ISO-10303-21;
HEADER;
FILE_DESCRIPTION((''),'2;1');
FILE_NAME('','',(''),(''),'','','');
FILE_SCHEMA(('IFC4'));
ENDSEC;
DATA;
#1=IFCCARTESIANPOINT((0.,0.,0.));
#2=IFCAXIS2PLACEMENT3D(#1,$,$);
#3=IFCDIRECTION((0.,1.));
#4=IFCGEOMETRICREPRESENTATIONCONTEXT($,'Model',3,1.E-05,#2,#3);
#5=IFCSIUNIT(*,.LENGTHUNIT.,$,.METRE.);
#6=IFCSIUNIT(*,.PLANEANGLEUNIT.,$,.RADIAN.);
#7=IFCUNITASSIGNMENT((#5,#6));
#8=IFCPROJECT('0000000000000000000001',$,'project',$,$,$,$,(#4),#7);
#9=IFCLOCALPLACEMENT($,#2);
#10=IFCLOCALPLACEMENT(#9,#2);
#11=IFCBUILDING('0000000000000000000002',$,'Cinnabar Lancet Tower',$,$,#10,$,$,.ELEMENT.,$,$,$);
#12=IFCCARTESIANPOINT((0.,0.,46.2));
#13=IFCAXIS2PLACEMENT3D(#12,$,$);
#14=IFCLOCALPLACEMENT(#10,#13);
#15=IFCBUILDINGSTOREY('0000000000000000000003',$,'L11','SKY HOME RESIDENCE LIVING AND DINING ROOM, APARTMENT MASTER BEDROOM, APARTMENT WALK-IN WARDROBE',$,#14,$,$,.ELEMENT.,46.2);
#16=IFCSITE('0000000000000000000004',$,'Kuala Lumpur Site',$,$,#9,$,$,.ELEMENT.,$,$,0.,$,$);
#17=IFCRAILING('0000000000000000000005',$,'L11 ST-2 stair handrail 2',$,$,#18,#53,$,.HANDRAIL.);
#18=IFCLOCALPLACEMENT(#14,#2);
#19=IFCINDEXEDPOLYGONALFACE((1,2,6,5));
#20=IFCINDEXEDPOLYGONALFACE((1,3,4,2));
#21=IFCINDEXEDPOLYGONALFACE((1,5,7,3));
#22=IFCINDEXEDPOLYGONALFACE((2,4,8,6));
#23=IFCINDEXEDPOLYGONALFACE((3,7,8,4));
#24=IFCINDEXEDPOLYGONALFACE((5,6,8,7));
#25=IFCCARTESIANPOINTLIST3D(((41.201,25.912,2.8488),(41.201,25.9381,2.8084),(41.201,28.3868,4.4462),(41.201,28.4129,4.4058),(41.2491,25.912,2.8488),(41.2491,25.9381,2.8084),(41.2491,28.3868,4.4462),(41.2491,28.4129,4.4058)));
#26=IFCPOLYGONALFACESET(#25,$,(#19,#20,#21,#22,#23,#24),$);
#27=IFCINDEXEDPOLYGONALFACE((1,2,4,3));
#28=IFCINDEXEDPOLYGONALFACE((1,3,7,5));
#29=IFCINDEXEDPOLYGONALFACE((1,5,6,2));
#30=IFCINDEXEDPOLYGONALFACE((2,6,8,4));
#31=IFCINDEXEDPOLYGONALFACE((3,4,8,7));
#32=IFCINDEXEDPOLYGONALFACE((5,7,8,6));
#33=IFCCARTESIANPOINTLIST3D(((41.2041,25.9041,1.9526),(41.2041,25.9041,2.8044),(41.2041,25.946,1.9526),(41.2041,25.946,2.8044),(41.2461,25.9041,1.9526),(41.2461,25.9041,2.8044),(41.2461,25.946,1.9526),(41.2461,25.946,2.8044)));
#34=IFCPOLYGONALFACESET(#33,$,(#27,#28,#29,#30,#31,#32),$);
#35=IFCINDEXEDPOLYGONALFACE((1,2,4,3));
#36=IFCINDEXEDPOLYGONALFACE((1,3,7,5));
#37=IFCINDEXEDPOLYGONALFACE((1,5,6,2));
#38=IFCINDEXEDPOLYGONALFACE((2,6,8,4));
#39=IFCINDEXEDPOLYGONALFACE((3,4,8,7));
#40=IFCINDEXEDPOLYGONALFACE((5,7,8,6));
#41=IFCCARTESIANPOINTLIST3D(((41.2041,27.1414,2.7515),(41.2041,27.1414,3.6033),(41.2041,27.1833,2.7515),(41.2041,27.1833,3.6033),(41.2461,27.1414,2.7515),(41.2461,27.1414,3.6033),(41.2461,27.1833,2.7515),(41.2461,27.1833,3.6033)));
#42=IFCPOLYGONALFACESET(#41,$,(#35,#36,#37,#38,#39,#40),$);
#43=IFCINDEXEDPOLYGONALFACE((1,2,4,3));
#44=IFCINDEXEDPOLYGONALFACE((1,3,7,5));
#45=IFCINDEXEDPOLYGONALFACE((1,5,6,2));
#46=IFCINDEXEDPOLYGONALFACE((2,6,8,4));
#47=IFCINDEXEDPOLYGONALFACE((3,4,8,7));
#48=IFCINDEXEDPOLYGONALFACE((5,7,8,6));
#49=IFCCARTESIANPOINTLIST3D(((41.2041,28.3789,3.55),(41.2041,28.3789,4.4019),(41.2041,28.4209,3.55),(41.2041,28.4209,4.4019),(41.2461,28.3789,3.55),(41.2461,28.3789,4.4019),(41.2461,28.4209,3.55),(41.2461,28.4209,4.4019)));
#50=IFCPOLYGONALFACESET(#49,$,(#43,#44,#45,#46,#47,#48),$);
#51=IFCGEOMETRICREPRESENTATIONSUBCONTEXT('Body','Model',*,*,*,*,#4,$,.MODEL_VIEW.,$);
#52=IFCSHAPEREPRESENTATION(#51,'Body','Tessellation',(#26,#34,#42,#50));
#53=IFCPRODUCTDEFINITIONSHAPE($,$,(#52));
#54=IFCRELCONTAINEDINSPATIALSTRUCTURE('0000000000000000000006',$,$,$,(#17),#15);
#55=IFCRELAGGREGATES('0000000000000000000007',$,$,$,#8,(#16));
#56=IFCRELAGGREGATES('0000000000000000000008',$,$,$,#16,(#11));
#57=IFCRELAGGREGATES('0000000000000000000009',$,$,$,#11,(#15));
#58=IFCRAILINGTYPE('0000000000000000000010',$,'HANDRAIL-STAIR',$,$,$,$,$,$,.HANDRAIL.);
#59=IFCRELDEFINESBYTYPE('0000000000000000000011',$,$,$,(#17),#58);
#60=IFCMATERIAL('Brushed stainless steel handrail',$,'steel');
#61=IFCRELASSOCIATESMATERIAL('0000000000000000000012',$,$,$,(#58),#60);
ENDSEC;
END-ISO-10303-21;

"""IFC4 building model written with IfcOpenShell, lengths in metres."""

from ifc_helpers import new_model, si_unit, direction, frame, origin, origin_2d, place, context, subcontext, project, spatial, rectangle, extrude, material, type_object, element, save


model = new_model("IFC4")

# Units and contexts
model_context = context("Model", 3, precision=1e-05, world=origin(), true_north=direction((0.0, 1.0)))
body_context = subcontext(model_context, "Body", "Model", "MODEL_VIEW")
ifc_project = project(units=[si_unit("LENGTHUNIT", "METRE"), si_unit("PLANEANGLEUNIT", "RADIAN")], contexts=[model_context])

# Site, building, storey
site_placement = place(None, origin())
site = spatial("IfcSite", under=ifc_project, at=site_placement, Name="Kuala Lumpur Site", CompositionType="ELEMENT", RefElevation=0.0)
building_placement = place(site_placement, origin())
building = spatial("IfcBuilding", under=site, at=building_placement, Name="Cinnabar Lancet Tower", CompositionType="ELEMENT")
storey_placement = place(building_placement, frame((0.0, 0.0, 46.2)))
storey = spatial("IfcBuildingStorey", under=building, at=storey_placement, Name="L11", Description="SKY HOME RESIDENCE LIVING AND DINING ROOM, APARTMENT MASTER BEDROOM, APARTMENT WALK-IN WARDROBE", CompositionType="ELEMENT", Elevation=46.2)

# Railing
ifc_material_1 = material(Name="Brushed stainless steel handrail", Category="steel")
railing_type_1 = type_object("IfcRailingType", Name="HANDRAIL-STAIR", PredefinedType="HANDRAIL", material=ifc_material_1)
railing_1_placement = place(storey_placement, frame((41.2251, 25.925, 1.9526)))
element("IfcRailing", 1, at=railing_1_placement, inside=storey, type_object=railing_type_1, Name="L11 ST-2 stair handrail 2", PredefinedType="HANDRAIL", context=body_context, shape_type="SweptSolid", body=[
    extrude(rectangle(XDim=0.0481, YDim=0.0481, at=origin_2d()), frame((0.0, 0.0, 0.876), z_axis=(0.0, 0.840183, 0.542302), x_axis=(-1.0, 0.0, 0.0)), (0.0, 0.0, 1.0), 2.9456),
    extrude(rectangle(XDim=0.042, YDim=0.042, at=origin_2d()), origin(), (0.0, 0.0, 1.0), 0.8518),
    extrude(rectangle(XDim=0.042, YDim=0.042, at=origin_2d()), frame((0.0, 1.2373, 0.7988)), (0.0, 0.0, 1.0), 0.8518),
    extrude(rectangle(XDim=0.042, YDim=0.042, at=origin_2d()), frame((0.0, 2.4749, 1.5974)), (0.0, 0.0, 1.0), 0.8518),
])

save(model, "model.ifc")
